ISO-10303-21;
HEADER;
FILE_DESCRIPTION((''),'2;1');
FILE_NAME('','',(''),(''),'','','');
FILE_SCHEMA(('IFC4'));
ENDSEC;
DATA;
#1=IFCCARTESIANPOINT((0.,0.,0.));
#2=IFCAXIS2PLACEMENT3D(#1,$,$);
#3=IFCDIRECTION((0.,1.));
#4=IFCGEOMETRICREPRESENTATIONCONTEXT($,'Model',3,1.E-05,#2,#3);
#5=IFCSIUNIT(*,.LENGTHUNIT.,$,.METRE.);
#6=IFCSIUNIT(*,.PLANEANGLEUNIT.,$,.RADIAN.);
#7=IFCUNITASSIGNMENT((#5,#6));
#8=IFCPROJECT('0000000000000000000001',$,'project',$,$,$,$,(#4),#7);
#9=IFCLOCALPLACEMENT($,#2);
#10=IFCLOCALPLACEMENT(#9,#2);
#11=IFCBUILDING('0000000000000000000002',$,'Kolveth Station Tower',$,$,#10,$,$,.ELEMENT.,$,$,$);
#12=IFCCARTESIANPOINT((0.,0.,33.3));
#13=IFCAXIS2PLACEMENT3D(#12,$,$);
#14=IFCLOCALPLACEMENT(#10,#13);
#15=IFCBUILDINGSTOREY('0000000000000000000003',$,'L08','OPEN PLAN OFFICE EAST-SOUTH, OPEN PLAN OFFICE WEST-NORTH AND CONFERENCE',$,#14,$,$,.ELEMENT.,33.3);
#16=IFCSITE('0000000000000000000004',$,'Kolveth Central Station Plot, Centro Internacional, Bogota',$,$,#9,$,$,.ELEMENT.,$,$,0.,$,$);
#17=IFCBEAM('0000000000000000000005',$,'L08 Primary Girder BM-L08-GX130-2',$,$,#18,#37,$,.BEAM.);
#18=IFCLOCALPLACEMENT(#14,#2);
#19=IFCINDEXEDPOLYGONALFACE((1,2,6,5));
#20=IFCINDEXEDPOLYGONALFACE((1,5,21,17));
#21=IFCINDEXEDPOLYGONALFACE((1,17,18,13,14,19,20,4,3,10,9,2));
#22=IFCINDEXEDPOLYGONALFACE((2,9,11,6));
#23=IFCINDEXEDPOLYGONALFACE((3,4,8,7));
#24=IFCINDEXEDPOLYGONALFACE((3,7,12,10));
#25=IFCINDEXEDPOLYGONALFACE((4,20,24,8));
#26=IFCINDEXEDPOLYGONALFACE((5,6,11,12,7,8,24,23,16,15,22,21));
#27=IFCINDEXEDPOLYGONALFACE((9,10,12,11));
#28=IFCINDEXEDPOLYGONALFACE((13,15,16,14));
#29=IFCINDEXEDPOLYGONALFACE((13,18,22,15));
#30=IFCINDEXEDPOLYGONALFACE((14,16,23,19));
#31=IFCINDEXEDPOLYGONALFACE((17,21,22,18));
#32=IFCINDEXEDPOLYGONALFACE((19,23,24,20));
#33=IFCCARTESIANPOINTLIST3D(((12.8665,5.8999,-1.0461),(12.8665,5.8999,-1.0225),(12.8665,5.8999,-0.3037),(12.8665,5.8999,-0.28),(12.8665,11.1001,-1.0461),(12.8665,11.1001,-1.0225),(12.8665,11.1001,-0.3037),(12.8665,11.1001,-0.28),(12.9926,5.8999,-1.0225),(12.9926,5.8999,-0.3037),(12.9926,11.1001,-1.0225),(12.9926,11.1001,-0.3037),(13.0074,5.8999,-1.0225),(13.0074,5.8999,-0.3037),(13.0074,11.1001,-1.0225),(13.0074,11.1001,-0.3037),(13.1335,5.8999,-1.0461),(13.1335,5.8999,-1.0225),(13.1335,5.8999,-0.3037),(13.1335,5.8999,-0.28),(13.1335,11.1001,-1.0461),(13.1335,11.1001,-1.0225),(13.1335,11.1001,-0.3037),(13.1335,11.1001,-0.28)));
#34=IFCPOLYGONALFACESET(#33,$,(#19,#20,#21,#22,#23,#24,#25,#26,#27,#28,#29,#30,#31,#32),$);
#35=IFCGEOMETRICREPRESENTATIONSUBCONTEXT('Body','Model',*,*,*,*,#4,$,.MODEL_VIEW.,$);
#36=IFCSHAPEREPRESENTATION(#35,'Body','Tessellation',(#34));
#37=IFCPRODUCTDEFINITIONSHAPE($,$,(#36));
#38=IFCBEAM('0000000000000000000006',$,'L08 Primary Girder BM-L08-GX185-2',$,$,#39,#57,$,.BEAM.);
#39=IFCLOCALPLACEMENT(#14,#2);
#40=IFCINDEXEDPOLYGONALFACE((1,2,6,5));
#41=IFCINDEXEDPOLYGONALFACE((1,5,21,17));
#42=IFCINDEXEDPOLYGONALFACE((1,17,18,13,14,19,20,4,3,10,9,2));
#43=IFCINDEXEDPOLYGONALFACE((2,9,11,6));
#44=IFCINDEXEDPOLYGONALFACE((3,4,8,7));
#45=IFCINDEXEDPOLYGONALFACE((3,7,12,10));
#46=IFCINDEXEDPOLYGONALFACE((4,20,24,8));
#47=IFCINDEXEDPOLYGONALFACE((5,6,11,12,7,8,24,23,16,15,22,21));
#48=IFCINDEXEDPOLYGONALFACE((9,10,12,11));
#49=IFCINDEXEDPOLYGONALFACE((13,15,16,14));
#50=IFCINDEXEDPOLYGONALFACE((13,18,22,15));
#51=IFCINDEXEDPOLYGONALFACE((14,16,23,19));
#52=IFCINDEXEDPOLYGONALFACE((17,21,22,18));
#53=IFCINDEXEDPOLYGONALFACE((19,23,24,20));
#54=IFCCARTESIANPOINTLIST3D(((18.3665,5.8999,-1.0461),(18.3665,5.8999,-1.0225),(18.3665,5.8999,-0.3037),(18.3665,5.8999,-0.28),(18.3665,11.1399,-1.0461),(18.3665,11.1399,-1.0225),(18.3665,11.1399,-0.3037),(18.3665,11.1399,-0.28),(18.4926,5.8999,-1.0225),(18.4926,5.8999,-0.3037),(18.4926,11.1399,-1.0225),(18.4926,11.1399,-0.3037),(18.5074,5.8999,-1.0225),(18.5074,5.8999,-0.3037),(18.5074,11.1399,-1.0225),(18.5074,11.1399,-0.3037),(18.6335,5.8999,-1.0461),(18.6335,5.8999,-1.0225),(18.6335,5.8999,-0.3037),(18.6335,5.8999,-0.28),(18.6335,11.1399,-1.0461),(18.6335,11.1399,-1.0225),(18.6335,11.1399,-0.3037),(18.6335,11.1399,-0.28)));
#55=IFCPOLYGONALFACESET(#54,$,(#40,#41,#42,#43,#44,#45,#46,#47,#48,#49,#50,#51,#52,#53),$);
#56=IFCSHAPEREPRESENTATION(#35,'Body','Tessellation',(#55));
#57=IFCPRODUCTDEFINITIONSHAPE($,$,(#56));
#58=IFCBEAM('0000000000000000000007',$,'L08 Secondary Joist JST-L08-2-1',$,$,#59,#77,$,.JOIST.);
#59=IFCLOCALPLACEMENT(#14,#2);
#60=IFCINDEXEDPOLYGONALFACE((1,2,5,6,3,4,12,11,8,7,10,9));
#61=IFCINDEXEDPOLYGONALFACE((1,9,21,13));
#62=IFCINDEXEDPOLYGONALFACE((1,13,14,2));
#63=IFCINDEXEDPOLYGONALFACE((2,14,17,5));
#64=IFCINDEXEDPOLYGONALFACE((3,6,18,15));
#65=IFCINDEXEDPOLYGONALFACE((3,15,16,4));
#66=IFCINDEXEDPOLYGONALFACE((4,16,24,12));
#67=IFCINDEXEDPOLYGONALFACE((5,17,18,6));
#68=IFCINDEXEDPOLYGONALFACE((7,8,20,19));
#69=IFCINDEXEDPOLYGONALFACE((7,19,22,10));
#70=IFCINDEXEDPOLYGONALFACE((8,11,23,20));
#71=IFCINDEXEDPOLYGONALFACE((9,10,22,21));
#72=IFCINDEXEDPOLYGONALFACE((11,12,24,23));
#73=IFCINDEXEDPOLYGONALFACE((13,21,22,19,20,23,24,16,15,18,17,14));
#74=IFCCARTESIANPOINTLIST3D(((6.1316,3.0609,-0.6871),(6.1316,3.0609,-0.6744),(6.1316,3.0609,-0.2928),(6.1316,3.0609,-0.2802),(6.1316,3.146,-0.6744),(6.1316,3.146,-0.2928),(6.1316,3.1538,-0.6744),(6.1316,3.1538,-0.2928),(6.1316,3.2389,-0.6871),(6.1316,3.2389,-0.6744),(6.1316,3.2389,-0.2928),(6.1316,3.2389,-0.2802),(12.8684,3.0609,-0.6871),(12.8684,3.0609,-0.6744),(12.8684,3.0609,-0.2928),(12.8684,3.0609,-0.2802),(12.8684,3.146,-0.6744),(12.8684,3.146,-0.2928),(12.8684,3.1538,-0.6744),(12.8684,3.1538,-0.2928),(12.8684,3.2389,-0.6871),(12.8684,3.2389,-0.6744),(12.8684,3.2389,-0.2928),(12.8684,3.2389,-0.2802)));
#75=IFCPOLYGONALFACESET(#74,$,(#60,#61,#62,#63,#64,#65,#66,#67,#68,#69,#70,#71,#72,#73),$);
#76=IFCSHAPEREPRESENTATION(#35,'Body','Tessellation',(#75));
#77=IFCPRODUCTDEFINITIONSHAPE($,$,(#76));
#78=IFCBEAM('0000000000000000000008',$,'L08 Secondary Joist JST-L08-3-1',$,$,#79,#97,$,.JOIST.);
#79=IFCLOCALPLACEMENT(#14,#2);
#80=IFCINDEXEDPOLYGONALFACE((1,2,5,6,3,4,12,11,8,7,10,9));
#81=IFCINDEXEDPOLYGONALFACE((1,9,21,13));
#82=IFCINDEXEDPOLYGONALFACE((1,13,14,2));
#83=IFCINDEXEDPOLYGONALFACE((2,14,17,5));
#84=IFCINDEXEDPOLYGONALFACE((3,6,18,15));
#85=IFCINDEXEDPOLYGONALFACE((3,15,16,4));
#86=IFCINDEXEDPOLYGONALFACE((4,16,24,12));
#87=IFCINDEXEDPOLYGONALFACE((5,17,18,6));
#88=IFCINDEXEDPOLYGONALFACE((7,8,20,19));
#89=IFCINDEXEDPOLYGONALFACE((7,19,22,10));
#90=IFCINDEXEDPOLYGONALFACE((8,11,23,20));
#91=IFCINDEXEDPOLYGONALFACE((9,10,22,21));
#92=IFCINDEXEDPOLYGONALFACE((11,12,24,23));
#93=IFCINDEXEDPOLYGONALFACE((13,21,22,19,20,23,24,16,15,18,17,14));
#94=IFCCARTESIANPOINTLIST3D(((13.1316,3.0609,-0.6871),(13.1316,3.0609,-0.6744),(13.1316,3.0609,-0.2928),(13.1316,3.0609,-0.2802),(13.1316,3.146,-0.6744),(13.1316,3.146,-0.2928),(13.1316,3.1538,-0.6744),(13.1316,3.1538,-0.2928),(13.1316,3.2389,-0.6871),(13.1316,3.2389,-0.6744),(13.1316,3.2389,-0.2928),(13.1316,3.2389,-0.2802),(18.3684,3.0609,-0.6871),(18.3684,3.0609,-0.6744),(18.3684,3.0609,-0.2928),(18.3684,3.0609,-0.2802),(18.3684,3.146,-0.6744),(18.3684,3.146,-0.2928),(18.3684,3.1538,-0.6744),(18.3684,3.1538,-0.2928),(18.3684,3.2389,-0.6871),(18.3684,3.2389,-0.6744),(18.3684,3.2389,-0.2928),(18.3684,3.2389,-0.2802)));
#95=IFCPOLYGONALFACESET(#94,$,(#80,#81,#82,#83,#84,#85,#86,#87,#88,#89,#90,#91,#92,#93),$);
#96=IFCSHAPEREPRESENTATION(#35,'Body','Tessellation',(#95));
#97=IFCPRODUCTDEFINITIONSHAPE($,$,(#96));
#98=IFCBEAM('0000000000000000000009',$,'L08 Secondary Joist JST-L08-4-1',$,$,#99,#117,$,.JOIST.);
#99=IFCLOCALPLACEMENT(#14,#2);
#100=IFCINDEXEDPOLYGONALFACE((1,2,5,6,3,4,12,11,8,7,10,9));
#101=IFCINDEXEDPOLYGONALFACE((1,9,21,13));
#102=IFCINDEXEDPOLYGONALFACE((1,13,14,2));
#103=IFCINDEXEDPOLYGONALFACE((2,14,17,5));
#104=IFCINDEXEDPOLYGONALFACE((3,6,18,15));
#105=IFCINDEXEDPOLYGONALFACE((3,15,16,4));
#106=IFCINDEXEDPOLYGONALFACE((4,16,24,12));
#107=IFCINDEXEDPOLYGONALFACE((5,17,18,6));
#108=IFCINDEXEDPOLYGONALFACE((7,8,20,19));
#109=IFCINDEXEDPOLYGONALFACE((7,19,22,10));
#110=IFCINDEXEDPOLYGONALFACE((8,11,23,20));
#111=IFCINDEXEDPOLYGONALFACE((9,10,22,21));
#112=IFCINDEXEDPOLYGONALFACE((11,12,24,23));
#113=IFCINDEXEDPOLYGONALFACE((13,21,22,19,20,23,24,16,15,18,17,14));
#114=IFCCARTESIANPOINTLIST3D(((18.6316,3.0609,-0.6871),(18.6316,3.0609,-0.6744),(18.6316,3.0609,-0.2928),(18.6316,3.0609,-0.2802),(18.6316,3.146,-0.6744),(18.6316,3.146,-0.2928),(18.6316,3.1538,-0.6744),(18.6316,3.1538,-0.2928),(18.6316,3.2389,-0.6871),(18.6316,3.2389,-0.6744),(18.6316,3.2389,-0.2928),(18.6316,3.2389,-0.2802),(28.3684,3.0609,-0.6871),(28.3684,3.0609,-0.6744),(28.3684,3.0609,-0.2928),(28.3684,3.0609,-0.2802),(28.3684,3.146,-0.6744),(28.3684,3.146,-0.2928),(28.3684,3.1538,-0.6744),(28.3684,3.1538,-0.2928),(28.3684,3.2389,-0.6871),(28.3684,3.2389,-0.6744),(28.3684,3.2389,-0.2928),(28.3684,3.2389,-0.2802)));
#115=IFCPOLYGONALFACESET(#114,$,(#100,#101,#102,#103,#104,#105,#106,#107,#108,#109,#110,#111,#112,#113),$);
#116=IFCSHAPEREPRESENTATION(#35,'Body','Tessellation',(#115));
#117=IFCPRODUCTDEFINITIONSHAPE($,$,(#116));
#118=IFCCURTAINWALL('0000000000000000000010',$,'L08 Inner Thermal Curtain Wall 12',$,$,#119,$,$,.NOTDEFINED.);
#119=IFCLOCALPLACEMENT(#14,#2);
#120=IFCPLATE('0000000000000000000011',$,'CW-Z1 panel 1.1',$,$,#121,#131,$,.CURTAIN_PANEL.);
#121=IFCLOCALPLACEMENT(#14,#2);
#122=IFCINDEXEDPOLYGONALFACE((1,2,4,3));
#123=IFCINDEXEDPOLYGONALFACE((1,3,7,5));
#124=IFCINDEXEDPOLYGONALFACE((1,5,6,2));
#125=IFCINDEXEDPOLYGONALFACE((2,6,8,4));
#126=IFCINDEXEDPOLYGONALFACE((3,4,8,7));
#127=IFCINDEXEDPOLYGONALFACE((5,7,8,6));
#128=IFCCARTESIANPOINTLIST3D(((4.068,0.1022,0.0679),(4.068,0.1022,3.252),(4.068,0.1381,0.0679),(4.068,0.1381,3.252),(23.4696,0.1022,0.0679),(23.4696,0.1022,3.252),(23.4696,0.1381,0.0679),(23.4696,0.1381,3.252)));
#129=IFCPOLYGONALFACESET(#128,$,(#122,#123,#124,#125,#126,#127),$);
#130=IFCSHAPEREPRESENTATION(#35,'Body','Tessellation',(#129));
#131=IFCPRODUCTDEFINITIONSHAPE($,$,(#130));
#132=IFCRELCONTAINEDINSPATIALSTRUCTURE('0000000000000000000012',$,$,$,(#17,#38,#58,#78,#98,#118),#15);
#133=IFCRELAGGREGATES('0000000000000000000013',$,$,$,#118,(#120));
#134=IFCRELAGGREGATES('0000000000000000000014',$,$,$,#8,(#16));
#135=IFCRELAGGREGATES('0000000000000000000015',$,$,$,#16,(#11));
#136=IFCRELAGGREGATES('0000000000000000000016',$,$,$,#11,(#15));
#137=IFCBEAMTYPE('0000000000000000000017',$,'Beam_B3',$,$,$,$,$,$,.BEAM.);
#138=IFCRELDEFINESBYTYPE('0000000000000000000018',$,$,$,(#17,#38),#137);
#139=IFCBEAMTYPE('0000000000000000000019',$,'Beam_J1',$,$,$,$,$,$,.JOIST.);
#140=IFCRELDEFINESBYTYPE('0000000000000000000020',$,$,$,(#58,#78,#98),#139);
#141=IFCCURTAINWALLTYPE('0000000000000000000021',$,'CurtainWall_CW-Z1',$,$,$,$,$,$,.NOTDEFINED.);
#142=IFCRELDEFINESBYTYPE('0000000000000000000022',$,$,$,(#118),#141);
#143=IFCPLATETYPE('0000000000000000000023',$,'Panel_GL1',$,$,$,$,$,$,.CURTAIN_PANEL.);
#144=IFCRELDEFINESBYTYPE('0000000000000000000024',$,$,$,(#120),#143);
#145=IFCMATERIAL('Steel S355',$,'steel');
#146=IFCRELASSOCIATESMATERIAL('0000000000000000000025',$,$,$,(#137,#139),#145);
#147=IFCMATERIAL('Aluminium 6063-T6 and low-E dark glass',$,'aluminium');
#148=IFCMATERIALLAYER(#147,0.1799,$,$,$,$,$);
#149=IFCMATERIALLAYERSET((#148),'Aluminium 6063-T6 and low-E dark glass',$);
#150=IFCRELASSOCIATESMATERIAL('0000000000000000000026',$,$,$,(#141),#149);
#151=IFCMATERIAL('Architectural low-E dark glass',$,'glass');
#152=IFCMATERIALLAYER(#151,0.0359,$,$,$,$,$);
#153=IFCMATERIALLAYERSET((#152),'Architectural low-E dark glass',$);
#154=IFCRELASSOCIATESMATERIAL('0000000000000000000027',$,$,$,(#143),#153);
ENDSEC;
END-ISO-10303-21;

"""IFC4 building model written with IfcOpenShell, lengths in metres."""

from ifc_helpers import new_model, si_unit, direction, frame, origin, origin_2d, place, context, subcontext, project, spatial, rectangle, i_section, extrude, source, transform, mapped, material, layer, layer_set, material_profile, profile_set, type_object, element, aggregate, save


model = new_model("IFC4")

# Units and contexts
model_context = context("Model", 3, precision=1e-05, world=origin(), true_north=direction((0.0, 1.0)))
body_context = subcontext(model_context, "Body", "Model", "MODEL_VIEW")
ifc_project = project(units=[si_unit("LENGTHUNIT", "METRE"), si_unit("PLANEANGLEUNIT", "RADIAN")], contexts=[model_context])

# Site, building, storey
site_placement = place(None, origin())
site = spatial("IfcSite", under=ifc_project, at=site_placement, Name="Kolveth Central Station Plot, Centro Internacional, Bogota", CompositionType="ELEMENT", RefElevation=0.0)
building_placement = place(site_placement, origin())
building = spatial("IfcBuilding", under=site, at=building_placement, Name="Kolveth Station Tower", CompositionType="ELEMENT")
storey_placement = place(building_placement, frame((0.0, 0.0, 33.3)))
storey = spatial("IfcBuildingStorey", under=building, at=storey_placement, Name="L08", Description="OPEN PLAN OFFICE EAST-SOUTH, OPEN PLAN OFFICE WEST-NORTH AND CONFERENCE", CompositionType="ELEMENT", Elevation=33.3)

# Shared definitions
ifc_material_1 = material(Name="Steel S355", Category="steel")

# Beams
ifc_material_profile_1 = material_profile(ifc_material_1, i_section(OverallWidth=0.2671, OverallDepth=0.7661, WebThickness=0.0149, FlangeThickness=0.0237, at=origin_2d()), Name="W760x185")
ifc_profile_set_1 = profile_set([ifc_material_profile_1], Name="Steel S355")
beam_type_1 = type_object("IfcBeamType", Name="Beam_B3", PredefinedType="BEAM", material=ifc_profile_set_1)
shared_shape_1 = source(origin(), body_context, "Body", "SweptSolid", [
    extrude(i_section(OverallWidth=0.2671, OverallDepth=0.7661, WebThickness=0.0149, FlangeThickness=0.0237, at=origin_2d()), origin(), (0.0, 0.0, 1.0), 5.2002),
])
for number, where, z_axis, x_axis, name in (
    (1, (13.0, 5.8999, -0.6631), (0.0, 1.0, 0.0), (-1.0, 0.0, 0.0), "L08 Primary Girder BM-L08-GX130-2"),
):
    element("IfcBeam", number, at=place(storey_placement, frame(where, z_axis=z_axis, x_axis=x_axis)), inside=storey, type_object=beam_type_1, Name=name, PredefinedType="BEAM", context=body_context, shape_type="MappedRepresentation", body=[
        mapped(shared_shape_1, transform((0.0, 0.0, 0.0), x_axis=(1.0, 0.0, 0.0), y_axis=(0.0, 1.0, 0.0), z_axis=(0.0, 0.0, 1.0), scale=1.0)),
    ])
shared_shape_2 = source(origin(), body_context, "Body", "SweptSolid", [
    extrude(i_section(OverallWidth=0.2671, OverallDepth=0.7661, WebThickness=0.0149, FlangeThickness=0.0237, at=origin_2d()), origin(), (0.0, 0.0, 1.0), 5.24),
])
beam_1_placement = place(storey_placement, frame((18.5, 5.8999, -0.6631), z_axis=(0.0, 1.0, 0.0), x_axis=(-1.0, 0.0, 0.0)))
element("IfcBeam", 2, at=beam_1_placement, inside=storey, type_object=beam_type_1, Name="L08 Primary Girder BM-L08-GX185-2", PredefinedType="BEAM", context=body_context, shape_type="MappedRepresentation", body=[
    mapped(shared_shape_2, transform((0.0, 0.0, 0.0), x_axis=(1.0, 0.0, 0.0), y_axis=(0.0, 1.0, 0.0), z_axis=(0.0, 0.0, 1.0), scale=1.0)),
])
ifc_material_profile_2 = material_profile(ifc_material_1, i_section(OverallWidth=0.178, OverallDepth=0.407, WebThickness=0.0078, FlangeThickness=0.0127, at=origin_2d()), Name="W410x60")
ifc_profile_set_2 = profile_set([ifc_material_profile_2], Name="Steel S355")
beam_type_2 = type_object("IfcBeamType", Name="Beam_J1", PredefinedType="JOIST", material=ifc_profile_set_2)
shared_shape_3 = source(origin(), body_context, "Body", "SweptSolid", [
    extrude(i_section(OverallWidth=0.178, OverallDepth=0.407, WebThickness=0.0078, FlangeThickness=0.0127, at=origin_2d()), origin(), (0.0, 0.0, 1.0), 6.7368),
])
beam_2_placement = place(storey_placement, frame((6.1316, 3.1499, -0.4836), z_axis=(1.0, 0.0, 0.0), x_axis=(0.0, 1.0, 0.0)))
element("IfcBeam", 3, at=beam_2_placement, inside=storey, type_object=beam_type_2, Name="L08 Secondary Joist JST-L08-2-1", PredefinedType="JOIST", context=body_context, shape_type="MappedRepresentation", body=[
    mapped(shared_shape_3, transform((0.0, 0.0, 0.0), x_axis=(1.0, 0.0, 0.0), y_axis=(0.0, 1.0, 0.0), z_axis=(0.0, 0.0, 1.0), scale=1.0)),
])
shared_shape_4 = source(origin(), body_context, "Body", "SweptSolid", [
    extrude(i_section(OverallWidth=0.178, OverallDepth=0.407, WebThickness=0.0078, FlangeThickness=0.0127, at=origin_2d()), origin(), (0.0, 0.0, 1.0), 5.2368),
])
beam_3_placement = place(storey_placement, frame((13.1316, 3.1499, -0.4836), z_axis=(1.0, 0.0, 0.0), x_axis=(0.0, 1.0, 0.0)))
element("IfcBeam", 4, at=beam_3_placement, inside=storey, type_object=beam_type_2, Name="L08 Secondary Joist JST-L08-3-1", PredefinedType="JOIST", context=body_context, shape_type="MappedRepresentation", body=[
    mapped(shared_shape_4, transform((0.0, 0.0, 0.0), x_axis=(1.0, 0.0, 0.0), y_axis=(0.0, 1.0, 0.0), z_axis=(0.0, 0.0, 1.0), scale=1.0)),
])
shared_shape_5 = source(origin(), body_context, "Body", "SweptSolid", [
    extrude(i_section(OverallWidth=0.178, OverallDepth=0.407, WebThickness=0.0078, FlangeThickness=0.0127, at=origin_2d()), origin(), (0.0, 0.0, 1.0), 9.7368),
])
beam_4_placement = place(storey_placement, frame((18.6316, 3.1499, -0.4836), z_axis=(1.0, 0.0, 0.0), x_axis=(0.0, 1.0, 0.0)))
element("IfcBeam", 5, at=beam_4_placement, inside=storey, type_object=beam_type_2, Name="L08 Secondary Joist JST-L08-4-1", PredefinedType="JOIST", context=body_context, shape_type="MappedRepresentation", body=[
    mapped(shared_shape_5, transform((0.0, 0.0, 0.0), x_axis=(1.0, 0.0, 0.0), y_axis=(0.0, 1.0, 0.0), z_axis=(0.0, 0.0, 1.0), scale=1.0)),
])

# Curtain wall, plate
ifc_material_2 = material(Name="Aluminium 6063-T6 and low-E dark glass", Category="aluminium")
ifc_layer_1 = layer(ifc_material_2, 0.1799)
ifc_layer_set_1 = layer_set([ifc_layer_1], Name="Aluminium 6063-T6 and low-E dark glass")
curtain_wall_type = type_object("IfcCurtainWallType", Name="CurtainWall_CW-Z1", PredefinedType="NOTDEFINED", material=ifc_layer_set_1)
curtain_wall_placement = place(storey_placement, origin())
curtain_wall = element("IfcCurtainWall", 6, at=curtain_wall_placement, inside=storey, type_object=curtain_wall_type, Name="L08 Inner Thermal Curtain Wall 12", PredefinedType="NOTDEFINED")
ifc_material_3 = material(Name="Architectural low-E dark glass", Category="glass")
ifc_layer_2 = layer(ifc_material_3, 0.0359)
ifc_layer_set_2 = layer_set([ifc_layer_2], Name="Architectural low-E dark glass")
plate_type = type_object("IfcPlateType", Name="Panel_GL1", PredefinedType="CURTAIN_PANEL", material=ifc_layer_set_2)
shared_shape_6 = source(origin(), body_context, "Body", "SweptSolid", [
    extrude(rectangle(XDim=19.4016, YDim=0.0359, at=origin_2d()), origin(), (0.0, 0.0, 1.0), 3.1841),
])
plate_placement = place(storey_placement, frame((13.7688, 0.1201, 0.0679), z_axis=(0.0, 0.0, 1.0), x_axis=(1.0, 0.0, 0.0)))
plate = element("IfcPlate", 7, at=plate_placement, type_object=plate_type, Name="CW-Z1 panel 1.1", PredefinedType="CURTAIN_PANEL", context=body_context, shape_type="MappedRepresentation", body=[
    mapped(shared_shape_6, transform((0.0, 0.0, 0.0), x_axis=(1.0, 0.0, 0.0), y_axis=(0.0, 1.0, 0.0), z_axis=(0.0, 0.0, 1.0), scale=1.0)),
])
aggregate(curtain_wall, [plate])

save(model, "model.ifc")
